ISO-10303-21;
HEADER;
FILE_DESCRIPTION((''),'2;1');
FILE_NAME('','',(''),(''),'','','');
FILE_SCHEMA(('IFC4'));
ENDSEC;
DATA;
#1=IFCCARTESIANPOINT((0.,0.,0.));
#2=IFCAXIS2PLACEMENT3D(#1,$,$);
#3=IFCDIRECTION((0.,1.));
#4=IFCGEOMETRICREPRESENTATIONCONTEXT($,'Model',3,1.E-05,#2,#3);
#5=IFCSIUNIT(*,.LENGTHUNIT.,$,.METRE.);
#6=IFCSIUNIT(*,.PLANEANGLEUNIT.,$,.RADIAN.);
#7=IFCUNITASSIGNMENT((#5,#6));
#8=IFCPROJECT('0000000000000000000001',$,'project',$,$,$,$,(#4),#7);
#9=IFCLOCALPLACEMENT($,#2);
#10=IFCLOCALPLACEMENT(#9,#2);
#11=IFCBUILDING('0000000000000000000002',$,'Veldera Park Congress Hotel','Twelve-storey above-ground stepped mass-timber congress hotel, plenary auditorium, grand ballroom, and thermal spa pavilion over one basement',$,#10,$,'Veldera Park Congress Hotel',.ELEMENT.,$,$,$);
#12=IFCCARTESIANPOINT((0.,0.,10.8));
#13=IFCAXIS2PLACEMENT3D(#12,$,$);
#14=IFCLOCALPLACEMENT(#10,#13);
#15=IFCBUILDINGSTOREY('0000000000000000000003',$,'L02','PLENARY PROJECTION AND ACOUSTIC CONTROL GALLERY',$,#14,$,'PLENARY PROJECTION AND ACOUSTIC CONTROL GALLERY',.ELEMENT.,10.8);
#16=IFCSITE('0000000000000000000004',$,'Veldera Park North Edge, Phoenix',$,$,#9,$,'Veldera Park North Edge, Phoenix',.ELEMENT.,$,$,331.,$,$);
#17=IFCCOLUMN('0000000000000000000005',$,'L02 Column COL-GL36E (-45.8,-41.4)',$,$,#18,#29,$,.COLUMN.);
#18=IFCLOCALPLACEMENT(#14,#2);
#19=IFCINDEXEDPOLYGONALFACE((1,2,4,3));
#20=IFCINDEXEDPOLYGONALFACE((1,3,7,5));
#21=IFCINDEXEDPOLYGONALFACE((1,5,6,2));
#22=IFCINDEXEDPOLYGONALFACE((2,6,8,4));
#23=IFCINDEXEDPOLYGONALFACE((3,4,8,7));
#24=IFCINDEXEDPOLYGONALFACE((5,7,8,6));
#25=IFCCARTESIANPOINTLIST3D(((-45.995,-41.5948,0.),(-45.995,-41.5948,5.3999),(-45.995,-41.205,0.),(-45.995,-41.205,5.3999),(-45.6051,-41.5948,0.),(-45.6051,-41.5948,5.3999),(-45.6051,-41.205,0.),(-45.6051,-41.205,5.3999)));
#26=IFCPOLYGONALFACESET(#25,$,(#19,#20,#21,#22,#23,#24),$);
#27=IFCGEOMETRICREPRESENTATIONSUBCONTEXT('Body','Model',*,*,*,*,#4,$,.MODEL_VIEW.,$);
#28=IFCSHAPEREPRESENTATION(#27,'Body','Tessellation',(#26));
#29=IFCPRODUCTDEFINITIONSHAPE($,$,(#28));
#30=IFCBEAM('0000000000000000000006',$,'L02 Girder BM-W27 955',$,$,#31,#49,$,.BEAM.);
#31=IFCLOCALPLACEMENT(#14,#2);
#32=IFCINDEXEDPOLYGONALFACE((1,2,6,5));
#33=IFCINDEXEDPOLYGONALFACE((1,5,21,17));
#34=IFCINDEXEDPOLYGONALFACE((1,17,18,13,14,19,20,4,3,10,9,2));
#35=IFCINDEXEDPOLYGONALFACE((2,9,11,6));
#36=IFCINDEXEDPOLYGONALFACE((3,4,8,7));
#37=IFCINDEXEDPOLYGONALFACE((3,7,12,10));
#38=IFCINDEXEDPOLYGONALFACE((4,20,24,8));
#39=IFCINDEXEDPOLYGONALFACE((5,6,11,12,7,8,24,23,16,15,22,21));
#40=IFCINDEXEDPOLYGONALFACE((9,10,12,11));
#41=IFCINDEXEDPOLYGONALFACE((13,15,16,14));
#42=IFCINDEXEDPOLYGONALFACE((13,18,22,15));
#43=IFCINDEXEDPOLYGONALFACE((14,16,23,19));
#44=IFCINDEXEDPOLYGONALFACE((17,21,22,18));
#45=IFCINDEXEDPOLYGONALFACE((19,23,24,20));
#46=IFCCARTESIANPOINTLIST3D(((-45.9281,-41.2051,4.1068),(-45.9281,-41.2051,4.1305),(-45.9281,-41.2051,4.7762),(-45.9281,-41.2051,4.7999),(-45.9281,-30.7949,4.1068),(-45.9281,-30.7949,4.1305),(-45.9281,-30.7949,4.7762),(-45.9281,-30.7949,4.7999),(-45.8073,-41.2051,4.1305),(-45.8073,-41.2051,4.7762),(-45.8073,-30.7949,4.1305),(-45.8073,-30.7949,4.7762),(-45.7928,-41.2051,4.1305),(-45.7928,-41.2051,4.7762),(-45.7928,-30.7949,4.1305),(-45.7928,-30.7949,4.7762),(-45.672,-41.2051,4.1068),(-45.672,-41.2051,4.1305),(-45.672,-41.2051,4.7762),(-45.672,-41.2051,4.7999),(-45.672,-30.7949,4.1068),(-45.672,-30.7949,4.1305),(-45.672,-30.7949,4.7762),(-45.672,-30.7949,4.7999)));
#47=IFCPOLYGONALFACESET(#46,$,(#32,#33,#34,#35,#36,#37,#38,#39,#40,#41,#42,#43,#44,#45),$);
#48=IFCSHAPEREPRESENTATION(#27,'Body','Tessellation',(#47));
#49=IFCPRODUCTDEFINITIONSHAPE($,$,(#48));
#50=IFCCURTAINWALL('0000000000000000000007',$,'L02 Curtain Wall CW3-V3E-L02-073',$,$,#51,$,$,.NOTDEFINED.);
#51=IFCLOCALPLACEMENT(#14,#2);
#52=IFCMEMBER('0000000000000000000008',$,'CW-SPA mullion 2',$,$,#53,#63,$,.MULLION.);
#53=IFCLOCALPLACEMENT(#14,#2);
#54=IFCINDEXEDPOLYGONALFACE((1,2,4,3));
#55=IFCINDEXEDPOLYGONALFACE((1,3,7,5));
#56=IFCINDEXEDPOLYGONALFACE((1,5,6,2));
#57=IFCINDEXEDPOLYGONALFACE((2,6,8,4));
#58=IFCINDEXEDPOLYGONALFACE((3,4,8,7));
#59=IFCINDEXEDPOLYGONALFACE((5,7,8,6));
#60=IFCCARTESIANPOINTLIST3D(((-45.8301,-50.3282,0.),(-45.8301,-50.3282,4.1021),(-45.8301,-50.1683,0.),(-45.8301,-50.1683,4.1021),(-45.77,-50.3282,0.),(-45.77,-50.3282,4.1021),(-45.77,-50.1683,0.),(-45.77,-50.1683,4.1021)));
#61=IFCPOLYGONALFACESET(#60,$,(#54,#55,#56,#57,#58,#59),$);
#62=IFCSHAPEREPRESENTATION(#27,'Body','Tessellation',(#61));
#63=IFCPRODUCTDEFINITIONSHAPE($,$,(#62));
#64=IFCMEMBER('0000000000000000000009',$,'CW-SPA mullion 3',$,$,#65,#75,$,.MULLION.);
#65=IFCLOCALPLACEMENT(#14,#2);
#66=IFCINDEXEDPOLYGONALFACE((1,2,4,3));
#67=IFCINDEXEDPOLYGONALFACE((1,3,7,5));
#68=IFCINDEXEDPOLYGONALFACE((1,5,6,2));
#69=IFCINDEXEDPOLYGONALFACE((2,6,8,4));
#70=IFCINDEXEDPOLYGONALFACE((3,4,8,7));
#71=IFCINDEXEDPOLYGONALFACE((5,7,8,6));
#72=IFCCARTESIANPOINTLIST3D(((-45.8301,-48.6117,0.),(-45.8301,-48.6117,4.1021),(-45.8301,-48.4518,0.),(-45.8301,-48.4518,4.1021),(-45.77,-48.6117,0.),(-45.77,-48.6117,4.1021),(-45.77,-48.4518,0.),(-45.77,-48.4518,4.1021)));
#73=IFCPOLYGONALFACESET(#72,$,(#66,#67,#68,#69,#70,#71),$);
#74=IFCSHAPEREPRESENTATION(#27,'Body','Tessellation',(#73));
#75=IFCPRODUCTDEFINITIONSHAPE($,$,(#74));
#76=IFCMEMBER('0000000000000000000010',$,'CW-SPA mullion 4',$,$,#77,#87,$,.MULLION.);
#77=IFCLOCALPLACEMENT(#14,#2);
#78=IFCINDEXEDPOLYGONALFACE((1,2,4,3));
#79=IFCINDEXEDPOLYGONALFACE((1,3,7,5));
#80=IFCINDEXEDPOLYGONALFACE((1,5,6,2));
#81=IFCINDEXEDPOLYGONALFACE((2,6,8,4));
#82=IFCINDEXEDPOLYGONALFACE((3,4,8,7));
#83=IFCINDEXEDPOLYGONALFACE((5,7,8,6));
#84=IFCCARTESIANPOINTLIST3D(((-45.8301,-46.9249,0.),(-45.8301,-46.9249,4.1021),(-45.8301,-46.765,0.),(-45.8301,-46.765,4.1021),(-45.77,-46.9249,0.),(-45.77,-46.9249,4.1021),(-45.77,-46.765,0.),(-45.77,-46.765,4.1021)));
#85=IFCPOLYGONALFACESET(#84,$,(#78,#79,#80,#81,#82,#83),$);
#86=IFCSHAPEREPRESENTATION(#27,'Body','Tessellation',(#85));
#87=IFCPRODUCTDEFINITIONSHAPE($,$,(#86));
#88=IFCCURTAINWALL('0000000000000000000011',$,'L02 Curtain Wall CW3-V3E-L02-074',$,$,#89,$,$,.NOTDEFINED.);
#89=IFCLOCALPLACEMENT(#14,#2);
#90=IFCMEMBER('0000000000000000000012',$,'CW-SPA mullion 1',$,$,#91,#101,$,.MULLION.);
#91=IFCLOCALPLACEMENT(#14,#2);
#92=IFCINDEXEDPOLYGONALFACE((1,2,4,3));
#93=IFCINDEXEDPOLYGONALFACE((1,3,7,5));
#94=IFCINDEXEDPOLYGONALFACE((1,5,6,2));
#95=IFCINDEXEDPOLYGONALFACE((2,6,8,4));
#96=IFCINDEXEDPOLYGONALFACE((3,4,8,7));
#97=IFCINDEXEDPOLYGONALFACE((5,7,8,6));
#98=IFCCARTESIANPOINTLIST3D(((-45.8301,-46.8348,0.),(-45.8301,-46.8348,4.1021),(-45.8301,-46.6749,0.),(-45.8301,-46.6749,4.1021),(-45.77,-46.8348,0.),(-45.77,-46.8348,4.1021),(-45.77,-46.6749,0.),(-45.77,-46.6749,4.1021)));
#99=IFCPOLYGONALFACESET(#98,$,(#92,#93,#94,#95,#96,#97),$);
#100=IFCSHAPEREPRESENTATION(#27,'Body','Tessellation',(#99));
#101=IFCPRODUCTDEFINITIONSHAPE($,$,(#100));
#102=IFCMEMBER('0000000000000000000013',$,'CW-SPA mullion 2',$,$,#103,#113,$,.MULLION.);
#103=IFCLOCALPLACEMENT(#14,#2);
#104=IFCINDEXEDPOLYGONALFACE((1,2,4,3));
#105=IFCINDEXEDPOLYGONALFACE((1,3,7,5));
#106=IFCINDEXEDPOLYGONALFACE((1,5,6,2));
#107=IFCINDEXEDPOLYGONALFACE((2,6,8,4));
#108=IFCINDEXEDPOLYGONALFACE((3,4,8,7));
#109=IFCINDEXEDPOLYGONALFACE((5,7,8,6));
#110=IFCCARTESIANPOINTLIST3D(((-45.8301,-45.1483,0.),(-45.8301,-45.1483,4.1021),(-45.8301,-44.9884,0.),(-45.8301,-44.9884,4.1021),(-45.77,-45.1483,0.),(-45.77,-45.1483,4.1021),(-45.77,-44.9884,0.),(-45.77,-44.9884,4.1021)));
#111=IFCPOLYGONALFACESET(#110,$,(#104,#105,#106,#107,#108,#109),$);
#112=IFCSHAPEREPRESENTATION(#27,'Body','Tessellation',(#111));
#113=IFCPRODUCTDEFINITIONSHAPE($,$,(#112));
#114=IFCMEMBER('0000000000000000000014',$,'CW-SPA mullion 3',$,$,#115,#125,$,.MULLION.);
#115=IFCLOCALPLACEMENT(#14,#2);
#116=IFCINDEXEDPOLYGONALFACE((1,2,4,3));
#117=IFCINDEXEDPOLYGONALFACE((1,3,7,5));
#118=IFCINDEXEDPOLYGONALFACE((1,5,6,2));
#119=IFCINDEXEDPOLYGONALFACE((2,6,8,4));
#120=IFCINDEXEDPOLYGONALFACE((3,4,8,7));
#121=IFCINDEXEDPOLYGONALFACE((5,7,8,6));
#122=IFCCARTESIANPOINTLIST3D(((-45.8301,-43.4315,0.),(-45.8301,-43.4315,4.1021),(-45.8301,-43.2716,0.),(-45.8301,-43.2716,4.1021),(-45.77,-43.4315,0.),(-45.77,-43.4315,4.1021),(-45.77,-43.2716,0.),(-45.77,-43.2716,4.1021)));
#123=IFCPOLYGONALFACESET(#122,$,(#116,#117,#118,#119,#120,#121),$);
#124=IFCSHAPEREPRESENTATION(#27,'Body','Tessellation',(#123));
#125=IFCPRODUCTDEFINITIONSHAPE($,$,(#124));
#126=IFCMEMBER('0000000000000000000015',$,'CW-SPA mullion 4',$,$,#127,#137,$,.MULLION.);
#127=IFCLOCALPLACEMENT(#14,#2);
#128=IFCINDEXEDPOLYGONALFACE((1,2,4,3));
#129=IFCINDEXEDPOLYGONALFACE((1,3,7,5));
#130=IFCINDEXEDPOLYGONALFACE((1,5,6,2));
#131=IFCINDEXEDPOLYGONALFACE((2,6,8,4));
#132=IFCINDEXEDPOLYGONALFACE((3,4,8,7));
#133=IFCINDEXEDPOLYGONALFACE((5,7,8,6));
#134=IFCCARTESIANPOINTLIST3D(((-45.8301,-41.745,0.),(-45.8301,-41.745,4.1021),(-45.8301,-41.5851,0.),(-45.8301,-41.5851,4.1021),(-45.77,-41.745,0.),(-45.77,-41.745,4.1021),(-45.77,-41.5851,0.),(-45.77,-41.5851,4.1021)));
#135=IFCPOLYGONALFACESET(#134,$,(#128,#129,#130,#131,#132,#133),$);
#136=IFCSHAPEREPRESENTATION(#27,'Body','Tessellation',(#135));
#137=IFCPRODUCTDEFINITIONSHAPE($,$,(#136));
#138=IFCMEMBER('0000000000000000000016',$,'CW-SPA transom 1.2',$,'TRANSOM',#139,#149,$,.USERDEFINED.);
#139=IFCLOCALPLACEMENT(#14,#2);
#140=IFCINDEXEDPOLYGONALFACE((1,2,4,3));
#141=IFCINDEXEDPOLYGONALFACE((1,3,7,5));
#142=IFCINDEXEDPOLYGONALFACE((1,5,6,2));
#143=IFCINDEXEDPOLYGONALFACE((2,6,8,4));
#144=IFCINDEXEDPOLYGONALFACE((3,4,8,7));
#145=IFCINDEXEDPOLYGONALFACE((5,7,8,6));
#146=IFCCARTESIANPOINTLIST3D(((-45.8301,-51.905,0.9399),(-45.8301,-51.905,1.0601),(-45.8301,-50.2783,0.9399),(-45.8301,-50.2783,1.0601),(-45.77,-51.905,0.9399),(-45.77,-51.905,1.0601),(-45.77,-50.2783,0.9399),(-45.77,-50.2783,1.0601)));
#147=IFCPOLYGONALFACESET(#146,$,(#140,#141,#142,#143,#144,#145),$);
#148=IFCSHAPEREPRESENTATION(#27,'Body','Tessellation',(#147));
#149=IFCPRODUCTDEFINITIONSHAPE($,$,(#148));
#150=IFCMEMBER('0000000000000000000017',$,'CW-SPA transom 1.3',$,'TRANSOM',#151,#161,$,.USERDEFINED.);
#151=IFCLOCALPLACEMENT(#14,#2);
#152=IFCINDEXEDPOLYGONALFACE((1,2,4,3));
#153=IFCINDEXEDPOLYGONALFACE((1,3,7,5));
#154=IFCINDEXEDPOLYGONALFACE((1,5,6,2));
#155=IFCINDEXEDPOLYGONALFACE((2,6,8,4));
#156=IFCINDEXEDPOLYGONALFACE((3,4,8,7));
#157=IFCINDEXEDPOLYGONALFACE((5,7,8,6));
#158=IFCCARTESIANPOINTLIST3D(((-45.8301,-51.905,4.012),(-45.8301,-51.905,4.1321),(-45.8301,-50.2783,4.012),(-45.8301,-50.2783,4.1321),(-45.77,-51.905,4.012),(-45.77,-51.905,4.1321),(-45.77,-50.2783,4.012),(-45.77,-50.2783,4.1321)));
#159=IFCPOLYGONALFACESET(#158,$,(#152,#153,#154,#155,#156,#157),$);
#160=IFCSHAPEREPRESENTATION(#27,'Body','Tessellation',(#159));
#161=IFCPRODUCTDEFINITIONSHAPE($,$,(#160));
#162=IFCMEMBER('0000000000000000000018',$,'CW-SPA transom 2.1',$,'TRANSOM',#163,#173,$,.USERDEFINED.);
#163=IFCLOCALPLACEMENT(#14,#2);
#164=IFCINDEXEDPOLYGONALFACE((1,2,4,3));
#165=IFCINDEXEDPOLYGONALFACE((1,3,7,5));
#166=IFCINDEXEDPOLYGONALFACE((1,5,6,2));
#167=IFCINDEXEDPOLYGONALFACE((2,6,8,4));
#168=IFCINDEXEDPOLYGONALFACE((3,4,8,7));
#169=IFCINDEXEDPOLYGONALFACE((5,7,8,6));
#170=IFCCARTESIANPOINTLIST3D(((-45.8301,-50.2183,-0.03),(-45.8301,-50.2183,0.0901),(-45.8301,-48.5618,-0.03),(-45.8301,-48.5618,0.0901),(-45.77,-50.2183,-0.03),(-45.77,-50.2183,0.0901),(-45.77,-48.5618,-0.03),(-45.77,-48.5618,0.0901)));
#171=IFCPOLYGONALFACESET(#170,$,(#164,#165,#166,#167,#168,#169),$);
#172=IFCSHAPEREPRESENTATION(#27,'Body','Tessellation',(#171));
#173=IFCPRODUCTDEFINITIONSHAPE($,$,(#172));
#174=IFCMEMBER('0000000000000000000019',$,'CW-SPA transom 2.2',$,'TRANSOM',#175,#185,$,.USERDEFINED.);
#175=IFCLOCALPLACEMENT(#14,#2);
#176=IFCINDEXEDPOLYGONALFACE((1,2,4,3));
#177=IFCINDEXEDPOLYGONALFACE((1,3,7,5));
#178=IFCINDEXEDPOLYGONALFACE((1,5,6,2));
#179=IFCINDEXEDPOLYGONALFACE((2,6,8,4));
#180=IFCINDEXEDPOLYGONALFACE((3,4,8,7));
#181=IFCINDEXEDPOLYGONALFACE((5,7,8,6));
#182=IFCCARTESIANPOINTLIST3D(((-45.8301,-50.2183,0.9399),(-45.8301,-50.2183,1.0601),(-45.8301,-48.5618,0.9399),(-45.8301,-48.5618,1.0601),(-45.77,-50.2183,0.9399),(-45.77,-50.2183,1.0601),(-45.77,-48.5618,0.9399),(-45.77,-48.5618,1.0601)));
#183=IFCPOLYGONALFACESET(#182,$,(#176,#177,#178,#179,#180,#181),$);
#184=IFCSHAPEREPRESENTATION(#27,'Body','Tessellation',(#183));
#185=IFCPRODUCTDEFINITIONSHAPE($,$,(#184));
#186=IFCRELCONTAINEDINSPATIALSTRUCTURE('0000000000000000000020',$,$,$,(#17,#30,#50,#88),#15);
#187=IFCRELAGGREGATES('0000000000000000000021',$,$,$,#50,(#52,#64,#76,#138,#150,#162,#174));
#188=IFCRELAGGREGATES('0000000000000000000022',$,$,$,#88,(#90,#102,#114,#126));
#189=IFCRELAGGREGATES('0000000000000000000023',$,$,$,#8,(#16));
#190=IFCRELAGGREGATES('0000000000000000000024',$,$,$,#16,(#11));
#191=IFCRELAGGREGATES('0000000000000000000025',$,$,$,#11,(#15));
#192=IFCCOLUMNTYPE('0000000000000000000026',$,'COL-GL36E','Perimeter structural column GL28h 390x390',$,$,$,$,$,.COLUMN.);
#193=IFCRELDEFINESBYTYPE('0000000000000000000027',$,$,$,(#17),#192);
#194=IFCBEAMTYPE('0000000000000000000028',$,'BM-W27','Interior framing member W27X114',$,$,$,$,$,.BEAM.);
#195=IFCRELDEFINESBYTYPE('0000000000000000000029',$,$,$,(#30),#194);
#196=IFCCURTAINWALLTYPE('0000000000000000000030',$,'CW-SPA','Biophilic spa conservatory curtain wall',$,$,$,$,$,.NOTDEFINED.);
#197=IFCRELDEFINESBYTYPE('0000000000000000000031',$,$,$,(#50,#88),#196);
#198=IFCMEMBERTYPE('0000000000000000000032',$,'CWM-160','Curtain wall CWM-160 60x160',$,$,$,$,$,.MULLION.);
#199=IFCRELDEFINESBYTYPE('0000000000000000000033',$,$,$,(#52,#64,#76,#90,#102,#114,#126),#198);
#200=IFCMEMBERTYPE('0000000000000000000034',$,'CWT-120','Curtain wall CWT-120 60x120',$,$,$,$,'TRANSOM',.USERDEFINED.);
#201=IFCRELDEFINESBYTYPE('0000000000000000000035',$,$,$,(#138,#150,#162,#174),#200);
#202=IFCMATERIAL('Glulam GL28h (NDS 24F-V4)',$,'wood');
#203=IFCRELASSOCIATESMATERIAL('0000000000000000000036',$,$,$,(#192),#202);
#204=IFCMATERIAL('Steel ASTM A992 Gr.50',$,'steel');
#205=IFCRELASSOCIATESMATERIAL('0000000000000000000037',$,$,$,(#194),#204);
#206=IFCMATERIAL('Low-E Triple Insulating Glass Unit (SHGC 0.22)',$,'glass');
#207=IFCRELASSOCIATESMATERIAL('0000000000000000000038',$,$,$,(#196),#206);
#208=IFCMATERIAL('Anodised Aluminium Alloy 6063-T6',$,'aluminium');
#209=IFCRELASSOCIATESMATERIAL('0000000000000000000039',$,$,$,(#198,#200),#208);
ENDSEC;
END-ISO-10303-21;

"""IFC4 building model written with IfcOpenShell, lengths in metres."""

from ifc_helpers import new_model, si_unit, direction, frame, origin, origin_2d, place, context, subcontext, project, spatial, rectangle, i_section, extrude, material, material_profile, profile_set, type_object, element, aggregate, save


model = new_model("IFC4")

# Units and contexts
model_context = context("Model", 3, precision=1e-05, world=origin(), true_north=direction((0.0, 1.0)))
body_context = subcontext(model_context, "Body", "Model", "MODEL_VIEW")
ifc_project = project(units=[si_unit("LENGTHUNIT", "METRE"), si_unit("PLANEANGLEUNIT", "RADIAN")], contexts=[model_context])

# Site, building, storey
site_placement = place(None, origin())
site = spatial("IfcSite", under=ifc_project, at=site_placement, Name="Veldera Park North Edge, Phoenix", LongName="Veldera Park North Edge, Phoenix", CompositionType="ELEMENT", RefElevation=331.0)
building_placement = place(site_placement, origin())
building = spatial("IfcBuilding", under=site, at=building_placement, Name="Veldera Park Congress Hotel", Description="Twelve-storey above-ground stepped mass-timber congress hotel, plenary auditorium, grand ballroom, and thermal spa pavilion over one basement", LongName="Veldera Park Congress Hotel", CompositionType="ELEMENT")
storey_placement = place(building_placement, frame((0.0, 0.0, 10.8)))
storey = spatial("IfcBuildingStorey", under=building, at=storey_placement, Name="L02", Description="PLENARY PROJECTION AND ACOUSTIC CONTROL GALLERY", LongName="PLENARY PROJECTION AND ACOUSTIC CONTROL GALLERY", CompositionType="ELEMENT", Elevation=10.8)

# Column
ifc_material_1 = material(Name="Glulam GL28h (NDS 24F-V4)", Category="wood")
ifc_material_profile_1 = material_profile(ifc_material_1, rectangle(XDim=0.3899, YDim=0.3899, at=origin_2d()), Name="GL28h 390x390")
ifc_profile_set_1 = profile_set([ifc_material_profile_1], Name="Glulam GL28h (NDS 24F-V4)")
column_type = type_object("IfcColumnType", Name="COL-GL36E", Description="Perimeter structural column GL28h 390x390", PredefinedType="COLUMN", material=ifc_profile_set_1)
column_placement = place(storey_placement, frame((-45.8, -41.3999, 0.0), z_axis=(0.0, 0.0, 1.0), x_axis=(1.0, 0.0, 0.0)))
element("IfcColumn", 1, at=column_placement, inside=storey, type_object=column_type, Name="L02 Column COL-GL36E (-45.8,-41.4)", PredefinedType="COLUMN", context=body_context, shape_type="SweptSolid", body=[
    extrude(rectangle(XDim=0.3899, YDim=0.3899, at=origin_2d()), origin(), (0.0, 0.0, 1.0), 5.3999),
])

# Beam
ifc_material_2 = material(Name="Steel ASTM A992 Gr.50", Category="steel")
ifc_material_profile_2 = material_profile(ifc_material_2, i_section(OverallWidth=0.2561, OverallDepth=0.6931, WebThickness=0.0144, FlangeThickness=0.0237, at=origin_2d()), Name="W27X114")
ifc_profile_set_2 = profile_set([ifc_material_profile_2], Name="Steel ASTM A992 Gr.50")
beam_type = type_object("IfcBeamType", Name="BM-W27", Description="Interior framing member W27X114", PredefinedType="BEAM", material=ifc_profile_set_2)
beam_placement = place(storey_placement, frame((-45.8, -41.2051, 4.4534), z_axis=(0.0, 1.0, 0.0), x_axis=(-1.0, 0.0, 0.0)))
element("IfcBeam", 2, at=beam_placement, inside=storey, type_object=beam_type, Name="L02 Girder BM-W27 955", PredefinedType="BEAM", context=body_context, shape_type="SweptSolid", body=[
    extrude(i_section(OverallWidth=0.2561, OverallDepth=0.6931, WebThickness=0.0144, FlangeThickness=0.0237, at=origin_2d()), origin(), (0.0, 0.0, 1.0), 10.4102),
])

# Curtain walls, members
ifc_material_3 = material(Name="Low-E Triple Insulating Glass Unit (SHGC 0.22)", Category="glass")
curtain_wall_type = type_object("IfcCurtainWallType", Name="CW-SPA", Description="Biophilic spa conservatory curtain wall", PredefinedType="NOTDEFINED", material=ifc_material_3)
curtain_wall_1_placement = place(storey_placement, origin())
curtain_wall_1 = element("IfcCurtainWall", 3, at=curtain_wall_1_placement, inside=storey, type_object=curtain_wall_type, Name="L02 Curtain Wall CW3-V3E-L02-073", PredefinedType="NOTDEFINED")
ifc_material_4 = material(Name="Anodised Aluminium Alloy 6063-T6", Category="aluminium")
ifc_material_profile_3 = material_profile(ifc_material_4, rectangle(XDim=0.0601, YDim=0.1599, at=origin_2d()), Name="ALU 60x160")
ifc_profile_set_3 = profile_set([ifc_material_profile_3], Name="Anodised Aluminium Alloy 6063-T6")
member_type_1 = type_object("IfcMemberType", Name="CWM-160", Description="Curtain wall CWM-160 60x160", PredefinedType="MULLION", material=ifc_profile_set_3)
member_1_placement = place(storey_placement, frame((-45.8, -50.2483, 0.0), z_axis=(0.0, 0.0, 1.0), x_axis=(-1.0, 0.0, 0.0)))
member_1 = element("IfcMember", 4, at=member_1_placement, type_object=member_type_1, Name="CW-SPA mullion 2", PredefinedType="MULLION", context=body_context, shape_type="SweptSolid", body=[
    extrude(rectangle(XDim=0.0601, YDim=0.1599, at=origin_2d()), origin(), (0.0, 0.0, 1.0), 4.1021),
])
member_2_placement = place(storey_placement, frame((-45.8, -48.5317, 0.0), z_axis=(0.0, 0.0, 1.0), x_axis=(-1.0, 0.0, 0.0)))
member_2 = element("IfcMember", 5, at=member_2_placement, type_object=member_type_1, Name="CW-SPA mullion 3", PredefinedType="MULLION", context=body_context, shape_type="SweptSolid", body=[
    extrude(rectangle(XDim=0.0601, YDim=0.1599, at=origin_2d()), origin(), (0.0, 0.0, 1.0), 4.1021),
])
member_3_placement = place(storey_placement, frame((-45.8, -46.845, 0.0), z_axis=(0.0, 0.0, 1.0), x_axis=(-1.0, 0.0, 0.0)))
member_3 = element("IfcMember", 6, at=member_3_placement, type_object=member_type_1, Name="CW-SPA mullion 4", PredefinedType="MULLION", context=body_context, shape_type="SweptSolid", body=[
    extrude(rectangle(XDim=0.0601, YDim=0.1599, at=origin_2d()), origin(), (0.0, 0.0, 1.0), 4.1021),
])
curtain_wall_2_placement = place(storey_placement, origin())
curtain_wall_2 = element("IfcCurtainWall", 7, at=curtain_wall_2_placement, inside=storey, type_object=curtain_wall_type, Name="L02 Curtain Wall CW3-V3E-L02-074", PredefinedType="NOTDEFINED")
member_4_placement = place(storey_placement, frame((-45.8, -46.7549, 0.0), z_axis=(0.0, 0.0, 1.0), x_axis=(-1.0, 0.0, 0.0)))
member_4 = element("IfcMember", 8, at=member_4_placement, type_object=member_type_1, Name="CW-SPA mullion 1", PredefinedType="MULLION", context=body_context, shape_type="SweptSolid", body=[
    extrude(rectangle(XDim=0.0601, YDim=0.1599, at=origin_2d()), origin(), (0.0, 0.0, 1.0), 4.1021),
])
member_5_placement = place(storey_placement, frame((-45.8, -45.0684, 0.0), z_axis=(0.0, 0.0, 1.0), x_axis=(-1.0, 0.0, 0.0)))
member_5 = element("IfcMember", 9, at=member_5_placement, type_object=member_type_1, Name="CW-SPA mullion 2", PredefinedType="MULLION", context=body_context, shape_type="SweptSolid", body=[
    extrude(rectangle(XDim=0.0601, YDim=0.1599, at=origin_2d()), origin(), (0.0, 0.0, 1.0), 4.1021),
])
member_6_placement = place(storey_placement, frame((-45.8, -43.3516, 0.0), z_axis=(0.0, 0.0, 1.0), x_axis=(-1.0, 0.0, 0.0)))
member_6 = element("IfcMember", 10, at=member_6_placement, type_object=member_type_1, Name="CW-SPA mullion 3", PredefinedType="MULLION", context=body_context, shape_type="SweptSolid", body=[
    extrude(rectangle(XDim=0.0601, YDim=0.1599, at=origin_2d()), origin(), (0.0, 0.0, 1.0), 4.1021),
])
member_7_placement = place(storey_placement, frame((-45.8, -41.665, 0.0), z_axis=(0.0, 0.0, 1.0), x_axis=(-1.0, 0.0, 0.0)))
member_7 = element("IfcMember", 11, at=member_7_placement, type_object=member_type_1, Name="CW-SPA mullion 4", PredefinedType="MULLION", context=body_context, shape_type="SweptSolid", body=[
    extrude(rectangle(XDim=0.0601, YDim=0.1599, at=origin_2d()), origin(), (0.0, 0.0, 1.0), 4.1021),
])

# Members
ifc_material_profile_4 = material_profile(ifc_material_4, rectangle(XDim=0.0601, YDim=0.1201, at=origin_2d()), Name="ALU 60x120")
ifc_profile_set_4 = profile_set([ifc_material_profile_4], Name="Anodised Aluminium Alloy 6063-T6")
member_type_2 = type_object("IfcMemberType", Name="CWT-120", Description="Curtain wall CWT-120 60x120", ElementType="TRANSOM", PredefinedType="USERDEFINED", material=ifc_profile_set_4)
member_8_placement = place(storey_placement, frame((-45.8, -51.905, 1.0), z_axis=(0.0, 1.0, 0.0), x_axis=(-1.0, 0.0, 0.0)))
member_8 = element("IfcMember", 12, at=member_8_placement, type_object=member_type_2, Name="CW-SPA transom 1.2", ObjectType="TRANSOM", PredefinedType="USERDEFINED", context=body_context, shape_type="SweptSolid", body=[
    extrude(rectangle(XDim=0.0601, YDim=0.1201, at=origin_2d()), origin(), (0.0, 0.0, 1.0), 1.6267),
])
member_9_placement = place(storey_placement, frame((-45.8, -51.905, 4.072), z_axis=(0.0, 1.0, 0.0), x_axis=(-1.0, 0.0, 0.0)))
member_9 = element("IfcMember", 13, at=member_9_placement, type_object=member_type_2, Name="CW-SPA transom 1.3", ObjectType="TRANSOM", PredefinedType="USERDEFINED", context=body_context, shape_type="SweptSolid", body=[
    extrude(rectangle(XDim=0.0601, YDim=0.1201, at=origin_2d()), origin(), (0.0, 0.0, 1.0), 1.6267),
])
member_10_placement = place(storey_placement, frame((-45.8, -50.2183, 0.03), z_axis=(0.0, 1.0, 0.0), x_axis=(-1.0, 0.0, 0.0)))
member_10 = element("IfcMember", 14, at=member_10_placement, type_object=member_type_2, Name="CW-SPA transom 2.1", ObjectType="TRANSOM", PredefinedType="USERDEFINED", context=body_context, shape_type="SweptSolid", body=[
    extrude(rectangle(XDim=0.0601, YDim=0.1201, at=origin_2d()), origin(), (0.0, 0.0, 1.0), 1.6565),
])
member_11_placement = place(storey_placement, frame((-45.8, -50.2183, 1.0), z_axis=(0.0, 1.0, 0.0), x_axis=(-1.0, 0.0, 0.0)))
member_11 = element("IfcMember", 15, at=member_11_placement, type_object=member_type_2, Name="CW-SPA transom 2.2", ObjectType="TRANSOM", PredefinedType="USERDEFINED", context=body_context, shape_type="SweptSolid", body=[
    extrude(rectangle(XDim=0.0601, YDim=0.1201, at=origin_2d()), origin(), (0.0, 0.0, 1.0), 1.6565),
])

aggregate(curtain_wall_1, [member_1, member_2, member_3, member_8, member_9, member_10, member_11])
aggregate(curtain_wall_2, [member_4, member_5, member_6, member_7])

save(model, "model.ifc")
